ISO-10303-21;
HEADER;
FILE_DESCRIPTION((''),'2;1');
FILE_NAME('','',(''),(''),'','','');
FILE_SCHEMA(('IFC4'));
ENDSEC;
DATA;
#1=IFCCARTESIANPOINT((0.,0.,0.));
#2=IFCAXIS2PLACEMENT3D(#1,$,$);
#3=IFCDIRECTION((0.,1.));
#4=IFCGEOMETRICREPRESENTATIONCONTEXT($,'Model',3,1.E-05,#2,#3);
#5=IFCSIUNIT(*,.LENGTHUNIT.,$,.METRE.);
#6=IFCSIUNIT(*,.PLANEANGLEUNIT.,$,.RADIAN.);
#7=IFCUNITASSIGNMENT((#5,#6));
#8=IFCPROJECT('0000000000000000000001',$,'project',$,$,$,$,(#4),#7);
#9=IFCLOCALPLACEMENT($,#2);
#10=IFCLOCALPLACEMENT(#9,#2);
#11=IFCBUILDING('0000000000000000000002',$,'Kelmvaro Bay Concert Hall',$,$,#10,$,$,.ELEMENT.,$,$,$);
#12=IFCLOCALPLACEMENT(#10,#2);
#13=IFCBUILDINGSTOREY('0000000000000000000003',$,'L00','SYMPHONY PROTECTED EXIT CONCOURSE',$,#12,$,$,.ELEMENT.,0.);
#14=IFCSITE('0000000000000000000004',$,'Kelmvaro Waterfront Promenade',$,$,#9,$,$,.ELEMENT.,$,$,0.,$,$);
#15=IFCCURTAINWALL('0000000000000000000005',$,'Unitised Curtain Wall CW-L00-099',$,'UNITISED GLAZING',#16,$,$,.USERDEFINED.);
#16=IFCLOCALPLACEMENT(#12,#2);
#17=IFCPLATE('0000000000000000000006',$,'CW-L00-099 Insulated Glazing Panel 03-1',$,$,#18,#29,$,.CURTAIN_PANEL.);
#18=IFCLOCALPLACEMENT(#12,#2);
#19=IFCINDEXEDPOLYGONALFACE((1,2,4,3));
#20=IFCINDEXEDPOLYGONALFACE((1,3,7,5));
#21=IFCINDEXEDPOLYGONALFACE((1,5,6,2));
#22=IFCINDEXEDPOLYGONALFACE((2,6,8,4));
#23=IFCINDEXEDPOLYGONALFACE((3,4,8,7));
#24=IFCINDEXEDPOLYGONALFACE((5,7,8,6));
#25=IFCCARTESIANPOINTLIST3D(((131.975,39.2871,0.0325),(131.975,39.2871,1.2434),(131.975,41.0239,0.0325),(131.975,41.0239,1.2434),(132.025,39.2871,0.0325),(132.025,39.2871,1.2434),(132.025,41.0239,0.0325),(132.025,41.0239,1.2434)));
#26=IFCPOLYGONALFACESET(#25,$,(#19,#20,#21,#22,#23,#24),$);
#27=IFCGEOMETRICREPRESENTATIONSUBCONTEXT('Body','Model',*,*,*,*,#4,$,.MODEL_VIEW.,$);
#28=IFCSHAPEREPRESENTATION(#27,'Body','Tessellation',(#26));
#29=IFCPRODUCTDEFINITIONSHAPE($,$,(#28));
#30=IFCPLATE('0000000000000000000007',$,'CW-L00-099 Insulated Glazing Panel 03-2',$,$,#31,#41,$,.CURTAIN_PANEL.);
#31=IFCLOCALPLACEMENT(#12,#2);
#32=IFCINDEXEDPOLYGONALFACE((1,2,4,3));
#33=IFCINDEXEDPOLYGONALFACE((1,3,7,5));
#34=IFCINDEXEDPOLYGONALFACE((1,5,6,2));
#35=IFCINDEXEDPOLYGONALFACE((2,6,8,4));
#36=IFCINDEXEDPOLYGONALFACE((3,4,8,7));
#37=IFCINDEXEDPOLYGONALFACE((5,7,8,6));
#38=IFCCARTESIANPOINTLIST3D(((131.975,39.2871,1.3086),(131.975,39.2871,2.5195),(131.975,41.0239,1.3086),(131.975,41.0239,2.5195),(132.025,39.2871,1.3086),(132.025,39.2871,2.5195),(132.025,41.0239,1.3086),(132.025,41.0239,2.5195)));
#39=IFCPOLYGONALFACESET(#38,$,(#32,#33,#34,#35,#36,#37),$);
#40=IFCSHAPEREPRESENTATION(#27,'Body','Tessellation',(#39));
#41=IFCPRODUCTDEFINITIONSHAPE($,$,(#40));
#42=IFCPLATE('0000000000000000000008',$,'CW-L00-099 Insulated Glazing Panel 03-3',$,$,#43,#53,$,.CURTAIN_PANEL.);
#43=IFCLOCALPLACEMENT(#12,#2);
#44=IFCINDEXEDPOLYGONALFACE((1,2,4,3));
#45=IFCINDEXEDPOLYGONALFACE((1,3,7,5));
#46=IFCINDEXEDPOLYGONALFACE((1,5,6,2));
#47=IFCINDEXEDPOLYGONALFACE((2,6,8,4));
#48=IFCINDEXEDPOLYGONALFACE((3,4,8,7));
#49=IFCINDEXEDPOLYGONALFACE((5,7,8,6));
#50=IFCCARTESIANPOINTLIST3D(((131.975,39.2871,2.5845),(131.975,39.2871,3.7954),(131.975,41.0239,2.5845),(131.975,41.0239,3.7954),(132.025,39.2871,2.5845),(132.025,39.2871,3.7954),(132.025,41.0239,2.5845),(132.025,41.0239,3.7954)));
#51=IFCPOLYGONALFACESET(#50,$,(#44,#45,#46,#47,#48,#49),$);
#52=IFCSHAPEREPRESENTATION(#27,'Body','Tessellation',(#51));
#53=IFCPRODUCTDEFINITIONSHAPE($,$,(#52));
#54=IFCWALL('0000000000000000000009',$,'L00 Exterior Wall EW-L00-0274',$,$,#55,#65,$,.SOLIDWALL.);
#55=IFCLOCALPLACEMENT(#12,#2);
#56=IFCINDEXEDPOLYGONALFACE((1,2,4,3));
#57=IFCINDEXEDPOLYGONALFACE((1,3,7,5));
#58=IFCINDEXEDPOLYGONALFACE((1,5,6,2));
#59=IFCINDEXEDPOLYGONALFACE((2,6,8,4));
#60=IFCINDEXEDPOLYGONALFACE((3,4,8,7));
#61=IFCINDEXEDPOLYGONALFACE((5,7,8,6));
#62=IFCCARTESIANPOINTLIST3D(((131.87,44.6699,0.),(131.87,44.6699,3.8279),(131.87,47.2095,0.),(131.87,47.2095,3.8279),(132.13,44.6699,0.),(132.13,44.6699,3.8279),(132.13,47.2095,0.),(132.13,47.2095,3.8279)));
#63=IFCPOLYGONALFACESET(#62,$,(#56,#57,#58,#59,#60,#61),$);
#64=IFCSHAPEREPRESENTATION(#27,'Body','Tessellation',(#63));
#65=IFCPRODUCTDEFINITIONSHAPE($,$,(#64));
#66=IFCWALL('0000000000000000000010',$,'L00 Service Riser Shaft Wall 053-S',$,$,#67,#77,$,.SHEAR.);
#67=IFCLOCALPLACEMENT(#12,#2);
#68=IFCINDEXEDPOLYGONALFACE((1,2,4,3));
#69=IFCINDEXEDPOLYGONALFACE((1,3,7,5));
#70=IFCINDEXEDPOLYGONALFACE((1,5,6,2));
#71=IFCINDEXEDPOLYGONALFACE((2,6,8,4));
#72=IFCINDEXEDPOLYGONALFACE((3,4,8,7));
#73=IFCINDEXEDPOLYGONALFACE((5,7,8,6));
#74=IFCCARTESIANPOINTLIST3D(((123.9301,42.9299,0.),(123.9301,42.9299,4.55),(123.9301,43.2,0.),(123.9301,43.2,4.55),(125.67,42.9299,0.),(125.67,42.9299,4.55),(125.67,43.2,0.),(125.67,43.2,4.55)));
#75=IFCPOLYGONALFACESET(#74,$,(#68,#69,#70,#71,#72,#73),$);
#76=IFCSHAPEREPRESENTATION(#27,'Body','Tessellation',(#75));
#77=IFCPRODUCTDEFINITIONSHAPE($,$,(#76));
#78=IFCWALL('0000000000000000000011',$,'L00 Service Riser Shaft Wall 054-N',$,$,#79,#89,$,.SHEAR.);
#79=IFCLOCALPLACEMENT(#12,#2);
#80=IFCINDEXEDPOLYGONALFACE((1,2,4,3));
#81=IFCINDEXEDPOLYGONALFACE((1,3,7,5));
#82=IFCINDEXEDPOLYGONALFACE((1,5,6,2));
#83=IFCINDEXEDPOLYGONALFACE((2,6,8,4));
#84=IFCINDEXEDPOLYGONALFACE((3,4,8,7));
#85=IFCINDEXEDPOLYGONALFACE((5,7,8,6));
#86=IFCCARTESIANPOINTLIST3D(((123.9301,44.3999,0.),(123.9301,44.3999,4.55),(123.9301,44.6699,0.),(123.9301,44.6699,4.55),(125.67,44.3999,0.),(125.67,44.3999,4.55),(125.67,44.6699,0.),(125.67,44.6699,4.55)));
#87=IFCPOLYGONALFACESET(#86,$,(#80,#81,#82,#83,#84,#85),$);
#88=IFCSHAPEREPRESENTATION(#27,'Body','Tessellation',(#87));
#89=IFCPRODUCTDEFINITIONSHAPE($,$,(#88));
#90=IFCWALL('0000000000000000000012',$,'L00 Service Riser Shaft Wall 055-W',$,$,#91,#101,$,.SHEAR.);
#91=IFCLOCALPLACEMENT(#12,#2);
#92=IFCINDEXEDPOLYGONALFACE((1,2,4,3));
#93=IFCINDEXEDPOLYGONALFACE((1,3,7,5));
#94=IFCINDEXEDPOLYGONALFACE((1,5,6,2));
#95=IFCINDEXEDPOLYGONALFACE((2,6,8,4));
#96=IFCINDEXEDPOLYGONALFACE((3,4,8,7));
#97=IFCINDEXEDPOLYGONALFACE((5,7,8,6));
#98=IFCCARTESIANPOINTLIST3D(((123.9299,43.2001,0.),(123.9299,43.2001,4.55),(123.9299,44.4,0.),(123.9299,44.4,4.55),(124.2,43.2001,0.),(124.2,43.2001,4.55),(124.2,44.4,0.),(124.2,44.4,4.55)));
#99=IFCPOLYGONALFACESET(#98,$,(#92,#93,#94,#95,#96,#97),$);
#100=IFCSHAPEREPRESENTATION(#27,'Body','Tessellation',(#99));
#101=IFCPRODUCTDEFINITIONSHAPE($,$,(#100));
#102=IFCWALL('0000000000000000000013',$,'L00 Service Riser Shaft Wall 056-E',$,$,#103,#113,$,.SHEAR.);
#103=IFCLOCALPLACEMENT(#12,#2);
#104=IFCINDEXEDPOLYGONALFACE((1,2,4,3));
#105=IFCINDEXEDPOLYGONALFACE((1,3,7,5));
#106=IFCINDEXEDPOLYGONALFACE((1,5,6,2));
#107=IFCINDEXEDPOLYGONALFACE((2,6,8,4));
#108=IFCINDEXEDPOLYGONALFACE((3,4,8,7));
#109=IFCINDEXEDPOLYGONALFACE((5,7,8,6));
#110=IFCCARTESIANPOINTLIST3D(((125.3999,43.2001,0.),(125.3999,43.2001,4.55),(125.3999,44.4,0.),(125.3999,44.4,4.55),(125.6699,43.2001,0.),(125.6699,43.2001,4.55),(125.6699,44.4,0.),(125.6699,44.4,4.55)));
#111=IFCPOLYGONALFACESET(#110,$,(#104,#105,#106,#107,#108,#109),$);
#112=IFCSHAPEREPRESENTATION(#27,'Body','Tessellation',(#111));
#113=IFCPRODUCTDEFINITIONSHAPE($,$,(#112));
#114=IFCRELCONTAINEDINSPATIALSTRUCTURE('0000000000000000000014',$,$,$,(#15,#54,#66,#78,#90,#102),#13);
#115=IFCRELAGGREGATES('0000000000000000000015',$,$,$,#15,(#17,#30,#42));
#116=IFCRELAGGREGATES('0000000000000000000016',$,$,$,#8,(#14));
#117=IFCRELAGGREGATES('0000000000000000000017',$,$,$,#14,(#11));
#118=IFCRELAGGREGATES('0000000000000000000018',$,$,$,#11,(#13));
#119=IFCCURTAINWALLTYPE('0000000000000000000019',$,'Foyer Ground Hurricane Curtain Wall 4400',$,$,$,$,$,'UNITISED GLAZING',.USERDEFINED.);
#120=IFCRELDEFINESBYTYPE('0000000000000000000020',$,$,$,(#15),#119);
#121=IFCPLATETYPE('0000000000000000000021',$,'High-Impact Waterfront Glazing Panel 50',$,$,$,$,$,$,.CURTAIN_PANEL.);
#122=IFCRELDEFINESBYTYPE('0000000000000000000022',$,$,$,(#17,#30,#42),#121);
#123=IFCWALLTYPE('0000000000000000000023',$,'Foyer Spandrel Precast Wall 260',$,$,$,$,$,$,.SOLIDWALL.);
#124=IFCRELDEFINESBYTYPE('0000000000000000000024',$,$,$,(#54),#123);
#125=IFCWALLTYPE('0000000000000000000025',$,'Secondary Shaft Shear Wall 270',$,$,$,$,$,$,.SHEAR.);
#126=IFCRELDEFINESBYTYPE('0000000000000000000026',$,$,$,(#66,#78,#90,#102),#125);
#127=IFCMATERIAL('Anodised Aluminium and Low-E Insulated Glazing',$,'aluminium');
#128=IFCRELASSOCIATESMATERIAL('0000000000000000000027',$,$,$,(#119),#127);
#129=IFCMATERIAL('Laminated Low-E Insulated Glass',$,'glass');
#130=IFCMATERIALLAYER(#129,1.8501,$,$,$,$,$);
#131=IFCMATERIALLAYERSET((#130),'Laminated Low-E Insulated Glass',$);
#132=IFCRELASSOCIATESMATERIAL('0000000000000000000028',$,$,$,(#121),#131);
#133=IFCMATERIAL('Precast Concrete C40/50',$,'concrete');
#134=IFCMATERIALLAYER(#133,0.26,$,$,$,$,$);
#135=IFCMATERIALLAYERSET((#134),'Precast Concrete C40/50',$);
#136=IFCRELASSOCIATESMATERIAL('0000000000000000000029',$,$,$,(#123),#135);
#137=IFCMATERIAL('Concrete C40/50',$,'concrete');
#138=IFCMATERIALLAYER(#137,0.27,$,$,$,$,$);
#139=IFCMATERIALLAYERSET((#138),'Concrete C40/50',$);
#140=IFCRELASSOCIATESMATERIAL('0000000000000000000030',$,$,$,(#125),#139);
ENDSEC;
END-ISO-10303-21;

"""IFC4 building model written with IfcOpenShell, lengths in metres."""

from ifc_helpers import new_model, si_unit, direction, frame, frame_2d, origin, origin_2d, place, context, subcontext, project, spatial, rectangle, extrude, material, layer, layer_set, type_object, element, aggregate, save


model = new_model("IFC4")

# Units and contexts
model_context = context("Model", 3, precision=1e-05, world=origin(), true_north=direction((0.0, 1.0)))
body_context = subcontext(model_context, "Body", "Model", "MODEL_VIEW")
ifc_project = project(units=[si_unit("LENGTHUNIT", "METRE"), si_unit("PLANEANGLEUNIT", "RADIAN")], contexts=[model_context])

# Site, building, storey
site_placement = place(None, origin())
site = spatial("IfcSite", under=ifc_project, at=site_placement, Name="Kelmvaro Waterfront Promenade", CompositionType="ELEMENT", RefElevation=0.0)
building_placement = place(site_placement, origin())
building = spatial("IfcBuilding", under=site, at=building_placement, Name="Kelmvaro Bay Concert Hall", CompositionType="ELEMENT")
storey_placement = place(building_placement, origin())
storey = spatial("IfcBuildingStorey", under=building, at=storey_placement, Name="L00", Description="SYMPHONY PROTECTED EXIT CONCOURSE", CompositionType="ELEMENT", Elevation=0.0)

# Curtain wall, plates
ifc_material_1 = material(Name="Anodised Aluminium and Low-E Insulated Glazing", Category="aluminium")
curtain_wall_type = type_object("IfcCurtainWallType", Name="Foyer Ground Hurricane Curtain Wall 4400", ElementType="UNITISED GLAZING", PredefinedType="USERDEFINED", material=ifc_material_1)
curtain_wall_placement = place(storey_placement, origin())
curtain_wall = element("IfcCurtainWall", 1, at=curtain_wall_placement, inside=storey, type_object=curtain_wall_type, Name="Unitised Curtain Wall CW-L00-099", ObjectType="UNITISED GLAZING", PredefinedType="USERDEFINED")
ifc_material_2 = material(Name="Laminated Low-E Insulated Glass", Category="glass")
ifc_layer_1 = layer(ifc_material_2, 1.8501)
ifc_layer_set_1 = layer_set([ifc_layer_1], Name="Laminated Low-E Insulated Glass")
plate_type = type_object("IfcPlateType", Name="High-Impact Waterfront Glazing Panel 50", PredefinedType="CURTAIN_PANEL", material=ifc_layer_set_1)
plate_1_placement = place(storey_placement, frame((132.0, 40.1555, 0.0325), z_axis=(0.0, 0.0, 1.0), x_axis=(0.0, -1.0, 0.0)))
plate_1 = element("IfcPlate", 2, at=plate_1_placement, type_object=plate_type, Name="CW-L00-099 Insulated Glazing Panel 03-1", PredefinedType="CURTAIN_PANEL", context=body_context, shape_type="SweptSolid", body=[
    extrude(rectangle(XDim=1.7368, YDim=0.05, at=origin_2d()), origin(), (0.0, 0.0, 1.0), 1.2109),
])
plate_2_placement = place(storey_placement, frame((132.0, 40.1555, 1.3086), z_axis=(0.0, 0.0, 1.0), x_axis=(0.0, -1.0, 0.0)))
plate_2 = element("IfcPlate", 3, at=plate_2_placement, type_object=plate_type, Name="CW-L00-099 Insulated Glazing Panel 03-2", PredefinedType="CURTAIN_PANEL", context=body_context, shape_type="SweptSolid", body=[
    extrude(rectangle(XDim=1.7368, YDim=0.05, at=origin_2d()), origin(), (0.0, 0.0, 1.0), 1.2109),
])
plate_3_placement = place(storey_placement, frame((132.0, 40.1555, 2.5845), z_axis=(0.0, 0.0, 1.0), x_axis=(0.0, -1.0, 0.0)))
plate_3 = element("IfcPlate", 4, at=plate_3_placement, type_object=plate_type, Name="CW-L00-099 Insulated Glazing Panel 03-3", PredefinedType="CURTAIN_PANEL", context=body_context, shape_type="SweptSolid", body=[
    extrude(rectangle(XDim=1.7368, YDim=0.05, at=origin_2d()), origin(), (0.0, 0.0, 1.0), 1.2109),
])
aggregate(curtain_wall, [plate_1, plate_2, plate_3])

# Walls
ifc_material_3 = material(Name="Precast Concrete C40/50", Category="concrete")
ifc_layer_2 = layer(ifc_material_3, 0.26)
ifc_layer_set_2 = layer_set([ifc_layer_2], Name="Precast Concrete C40/50")
wall_type_1 = type_object("IfcWallType", Name="Foyer Spandrel Precast Wall 260", PredefinedType="SOLIDWALL", material=ifc_layer_set_2)
wall_placement = place(storey_placement, frame((132.0, 47.2095, 0.0), z_axis=(0.0, 0.0, 1.0), x_axis=(0.0, -1.0, 0.0)))
element("IfcWall", 5, at=wall_placement, inside=storey, type_object=wall_type_1, Name="L00 Exterior Wall EW-L00-0274", PredefinedType="SOLIDWALL", context=body_context, shape_type="SweptSolid", body=[
    extrude(rectangle(XDim=2.5396, YDim=0.26, at=frame_2d((1.2698, 0.0))), origin(), (0.0, 0.0, 1.0), 3.8279),
])
ifc_material_4 = material(Name="Concrete C40/50", Category="concrete")
ifc_layer_3 = layer(ifc_material_4, 0.27)
ifc_layer_set_3 = layer_set([ifc_layer_3], Name="Concrete C40/50")
wall_type_2 = type_object("IfcWallType", Name="Secondary Shaft Shear Wall 270", PredefinedType="SHEAR", material=ifc_layer_set_3)
for number, where, z_axis, x_axis, name in (
    (6, (123.9299, 43.0649, 0.0), (0.0, 0.0, 1.0), (1.0, 0.0, 0.0), "L00 Service Riser Shaft Wall 053-S"),
    (7, (123.9299, 44.5349, 0.0), (0.0, 0.0, 1.0), (1.0, 0.0, 0.0), "L00 Service Riser Shaft Wall 054-N"),
):
    element("IfcWall", number, at=place(storey_placement, frame(where, z_axis=z_axis, x_axis=x_axis)), inside=storey, type_object=wall_type_2, Name=name, PredefinedType="SHEAR", context=body_context, shape_type="SweptSolid", body=[
        extrude(rectangle(XDim=1.74, YDim=0.27, at=frame_2d((0.8701, 0.0))), origin(), (0.0, 0.0, 1.0), 4.55),
    ])
for number, where, z_axis, x_axis, name in (
    (8, (124.0649, 43.2, 0.0), (0.0, 0.0, 1.0), (0.0, 1.0, 0.0), "L00 Service Riser Shaft Wall 055-W"),
    (9, (125.5349, 43.2, 0.0), (0.0, 0.0, 1.0), (0.0, 1.0, 0.0), "L00 Service Riser Shaft Wall 056-E"),
):
    element("IfcWall", number, at=place(storey_placement, frame(where, z_axis=z_axis, x_axis=x_axis)), inside=storey, type_object=wall_type_2, Name=name, PredefinedType="SHEAR", context=body_context, shape_type="SweptSolid", body=[
        extrude(rectangle(XDim=1.2, YDim=0.27, at=frame_2d((0.6001, 0.0))), origin(), (0.0, 0.0, 1.0), 4.55),
    ])

save(model, "model.ifc")
